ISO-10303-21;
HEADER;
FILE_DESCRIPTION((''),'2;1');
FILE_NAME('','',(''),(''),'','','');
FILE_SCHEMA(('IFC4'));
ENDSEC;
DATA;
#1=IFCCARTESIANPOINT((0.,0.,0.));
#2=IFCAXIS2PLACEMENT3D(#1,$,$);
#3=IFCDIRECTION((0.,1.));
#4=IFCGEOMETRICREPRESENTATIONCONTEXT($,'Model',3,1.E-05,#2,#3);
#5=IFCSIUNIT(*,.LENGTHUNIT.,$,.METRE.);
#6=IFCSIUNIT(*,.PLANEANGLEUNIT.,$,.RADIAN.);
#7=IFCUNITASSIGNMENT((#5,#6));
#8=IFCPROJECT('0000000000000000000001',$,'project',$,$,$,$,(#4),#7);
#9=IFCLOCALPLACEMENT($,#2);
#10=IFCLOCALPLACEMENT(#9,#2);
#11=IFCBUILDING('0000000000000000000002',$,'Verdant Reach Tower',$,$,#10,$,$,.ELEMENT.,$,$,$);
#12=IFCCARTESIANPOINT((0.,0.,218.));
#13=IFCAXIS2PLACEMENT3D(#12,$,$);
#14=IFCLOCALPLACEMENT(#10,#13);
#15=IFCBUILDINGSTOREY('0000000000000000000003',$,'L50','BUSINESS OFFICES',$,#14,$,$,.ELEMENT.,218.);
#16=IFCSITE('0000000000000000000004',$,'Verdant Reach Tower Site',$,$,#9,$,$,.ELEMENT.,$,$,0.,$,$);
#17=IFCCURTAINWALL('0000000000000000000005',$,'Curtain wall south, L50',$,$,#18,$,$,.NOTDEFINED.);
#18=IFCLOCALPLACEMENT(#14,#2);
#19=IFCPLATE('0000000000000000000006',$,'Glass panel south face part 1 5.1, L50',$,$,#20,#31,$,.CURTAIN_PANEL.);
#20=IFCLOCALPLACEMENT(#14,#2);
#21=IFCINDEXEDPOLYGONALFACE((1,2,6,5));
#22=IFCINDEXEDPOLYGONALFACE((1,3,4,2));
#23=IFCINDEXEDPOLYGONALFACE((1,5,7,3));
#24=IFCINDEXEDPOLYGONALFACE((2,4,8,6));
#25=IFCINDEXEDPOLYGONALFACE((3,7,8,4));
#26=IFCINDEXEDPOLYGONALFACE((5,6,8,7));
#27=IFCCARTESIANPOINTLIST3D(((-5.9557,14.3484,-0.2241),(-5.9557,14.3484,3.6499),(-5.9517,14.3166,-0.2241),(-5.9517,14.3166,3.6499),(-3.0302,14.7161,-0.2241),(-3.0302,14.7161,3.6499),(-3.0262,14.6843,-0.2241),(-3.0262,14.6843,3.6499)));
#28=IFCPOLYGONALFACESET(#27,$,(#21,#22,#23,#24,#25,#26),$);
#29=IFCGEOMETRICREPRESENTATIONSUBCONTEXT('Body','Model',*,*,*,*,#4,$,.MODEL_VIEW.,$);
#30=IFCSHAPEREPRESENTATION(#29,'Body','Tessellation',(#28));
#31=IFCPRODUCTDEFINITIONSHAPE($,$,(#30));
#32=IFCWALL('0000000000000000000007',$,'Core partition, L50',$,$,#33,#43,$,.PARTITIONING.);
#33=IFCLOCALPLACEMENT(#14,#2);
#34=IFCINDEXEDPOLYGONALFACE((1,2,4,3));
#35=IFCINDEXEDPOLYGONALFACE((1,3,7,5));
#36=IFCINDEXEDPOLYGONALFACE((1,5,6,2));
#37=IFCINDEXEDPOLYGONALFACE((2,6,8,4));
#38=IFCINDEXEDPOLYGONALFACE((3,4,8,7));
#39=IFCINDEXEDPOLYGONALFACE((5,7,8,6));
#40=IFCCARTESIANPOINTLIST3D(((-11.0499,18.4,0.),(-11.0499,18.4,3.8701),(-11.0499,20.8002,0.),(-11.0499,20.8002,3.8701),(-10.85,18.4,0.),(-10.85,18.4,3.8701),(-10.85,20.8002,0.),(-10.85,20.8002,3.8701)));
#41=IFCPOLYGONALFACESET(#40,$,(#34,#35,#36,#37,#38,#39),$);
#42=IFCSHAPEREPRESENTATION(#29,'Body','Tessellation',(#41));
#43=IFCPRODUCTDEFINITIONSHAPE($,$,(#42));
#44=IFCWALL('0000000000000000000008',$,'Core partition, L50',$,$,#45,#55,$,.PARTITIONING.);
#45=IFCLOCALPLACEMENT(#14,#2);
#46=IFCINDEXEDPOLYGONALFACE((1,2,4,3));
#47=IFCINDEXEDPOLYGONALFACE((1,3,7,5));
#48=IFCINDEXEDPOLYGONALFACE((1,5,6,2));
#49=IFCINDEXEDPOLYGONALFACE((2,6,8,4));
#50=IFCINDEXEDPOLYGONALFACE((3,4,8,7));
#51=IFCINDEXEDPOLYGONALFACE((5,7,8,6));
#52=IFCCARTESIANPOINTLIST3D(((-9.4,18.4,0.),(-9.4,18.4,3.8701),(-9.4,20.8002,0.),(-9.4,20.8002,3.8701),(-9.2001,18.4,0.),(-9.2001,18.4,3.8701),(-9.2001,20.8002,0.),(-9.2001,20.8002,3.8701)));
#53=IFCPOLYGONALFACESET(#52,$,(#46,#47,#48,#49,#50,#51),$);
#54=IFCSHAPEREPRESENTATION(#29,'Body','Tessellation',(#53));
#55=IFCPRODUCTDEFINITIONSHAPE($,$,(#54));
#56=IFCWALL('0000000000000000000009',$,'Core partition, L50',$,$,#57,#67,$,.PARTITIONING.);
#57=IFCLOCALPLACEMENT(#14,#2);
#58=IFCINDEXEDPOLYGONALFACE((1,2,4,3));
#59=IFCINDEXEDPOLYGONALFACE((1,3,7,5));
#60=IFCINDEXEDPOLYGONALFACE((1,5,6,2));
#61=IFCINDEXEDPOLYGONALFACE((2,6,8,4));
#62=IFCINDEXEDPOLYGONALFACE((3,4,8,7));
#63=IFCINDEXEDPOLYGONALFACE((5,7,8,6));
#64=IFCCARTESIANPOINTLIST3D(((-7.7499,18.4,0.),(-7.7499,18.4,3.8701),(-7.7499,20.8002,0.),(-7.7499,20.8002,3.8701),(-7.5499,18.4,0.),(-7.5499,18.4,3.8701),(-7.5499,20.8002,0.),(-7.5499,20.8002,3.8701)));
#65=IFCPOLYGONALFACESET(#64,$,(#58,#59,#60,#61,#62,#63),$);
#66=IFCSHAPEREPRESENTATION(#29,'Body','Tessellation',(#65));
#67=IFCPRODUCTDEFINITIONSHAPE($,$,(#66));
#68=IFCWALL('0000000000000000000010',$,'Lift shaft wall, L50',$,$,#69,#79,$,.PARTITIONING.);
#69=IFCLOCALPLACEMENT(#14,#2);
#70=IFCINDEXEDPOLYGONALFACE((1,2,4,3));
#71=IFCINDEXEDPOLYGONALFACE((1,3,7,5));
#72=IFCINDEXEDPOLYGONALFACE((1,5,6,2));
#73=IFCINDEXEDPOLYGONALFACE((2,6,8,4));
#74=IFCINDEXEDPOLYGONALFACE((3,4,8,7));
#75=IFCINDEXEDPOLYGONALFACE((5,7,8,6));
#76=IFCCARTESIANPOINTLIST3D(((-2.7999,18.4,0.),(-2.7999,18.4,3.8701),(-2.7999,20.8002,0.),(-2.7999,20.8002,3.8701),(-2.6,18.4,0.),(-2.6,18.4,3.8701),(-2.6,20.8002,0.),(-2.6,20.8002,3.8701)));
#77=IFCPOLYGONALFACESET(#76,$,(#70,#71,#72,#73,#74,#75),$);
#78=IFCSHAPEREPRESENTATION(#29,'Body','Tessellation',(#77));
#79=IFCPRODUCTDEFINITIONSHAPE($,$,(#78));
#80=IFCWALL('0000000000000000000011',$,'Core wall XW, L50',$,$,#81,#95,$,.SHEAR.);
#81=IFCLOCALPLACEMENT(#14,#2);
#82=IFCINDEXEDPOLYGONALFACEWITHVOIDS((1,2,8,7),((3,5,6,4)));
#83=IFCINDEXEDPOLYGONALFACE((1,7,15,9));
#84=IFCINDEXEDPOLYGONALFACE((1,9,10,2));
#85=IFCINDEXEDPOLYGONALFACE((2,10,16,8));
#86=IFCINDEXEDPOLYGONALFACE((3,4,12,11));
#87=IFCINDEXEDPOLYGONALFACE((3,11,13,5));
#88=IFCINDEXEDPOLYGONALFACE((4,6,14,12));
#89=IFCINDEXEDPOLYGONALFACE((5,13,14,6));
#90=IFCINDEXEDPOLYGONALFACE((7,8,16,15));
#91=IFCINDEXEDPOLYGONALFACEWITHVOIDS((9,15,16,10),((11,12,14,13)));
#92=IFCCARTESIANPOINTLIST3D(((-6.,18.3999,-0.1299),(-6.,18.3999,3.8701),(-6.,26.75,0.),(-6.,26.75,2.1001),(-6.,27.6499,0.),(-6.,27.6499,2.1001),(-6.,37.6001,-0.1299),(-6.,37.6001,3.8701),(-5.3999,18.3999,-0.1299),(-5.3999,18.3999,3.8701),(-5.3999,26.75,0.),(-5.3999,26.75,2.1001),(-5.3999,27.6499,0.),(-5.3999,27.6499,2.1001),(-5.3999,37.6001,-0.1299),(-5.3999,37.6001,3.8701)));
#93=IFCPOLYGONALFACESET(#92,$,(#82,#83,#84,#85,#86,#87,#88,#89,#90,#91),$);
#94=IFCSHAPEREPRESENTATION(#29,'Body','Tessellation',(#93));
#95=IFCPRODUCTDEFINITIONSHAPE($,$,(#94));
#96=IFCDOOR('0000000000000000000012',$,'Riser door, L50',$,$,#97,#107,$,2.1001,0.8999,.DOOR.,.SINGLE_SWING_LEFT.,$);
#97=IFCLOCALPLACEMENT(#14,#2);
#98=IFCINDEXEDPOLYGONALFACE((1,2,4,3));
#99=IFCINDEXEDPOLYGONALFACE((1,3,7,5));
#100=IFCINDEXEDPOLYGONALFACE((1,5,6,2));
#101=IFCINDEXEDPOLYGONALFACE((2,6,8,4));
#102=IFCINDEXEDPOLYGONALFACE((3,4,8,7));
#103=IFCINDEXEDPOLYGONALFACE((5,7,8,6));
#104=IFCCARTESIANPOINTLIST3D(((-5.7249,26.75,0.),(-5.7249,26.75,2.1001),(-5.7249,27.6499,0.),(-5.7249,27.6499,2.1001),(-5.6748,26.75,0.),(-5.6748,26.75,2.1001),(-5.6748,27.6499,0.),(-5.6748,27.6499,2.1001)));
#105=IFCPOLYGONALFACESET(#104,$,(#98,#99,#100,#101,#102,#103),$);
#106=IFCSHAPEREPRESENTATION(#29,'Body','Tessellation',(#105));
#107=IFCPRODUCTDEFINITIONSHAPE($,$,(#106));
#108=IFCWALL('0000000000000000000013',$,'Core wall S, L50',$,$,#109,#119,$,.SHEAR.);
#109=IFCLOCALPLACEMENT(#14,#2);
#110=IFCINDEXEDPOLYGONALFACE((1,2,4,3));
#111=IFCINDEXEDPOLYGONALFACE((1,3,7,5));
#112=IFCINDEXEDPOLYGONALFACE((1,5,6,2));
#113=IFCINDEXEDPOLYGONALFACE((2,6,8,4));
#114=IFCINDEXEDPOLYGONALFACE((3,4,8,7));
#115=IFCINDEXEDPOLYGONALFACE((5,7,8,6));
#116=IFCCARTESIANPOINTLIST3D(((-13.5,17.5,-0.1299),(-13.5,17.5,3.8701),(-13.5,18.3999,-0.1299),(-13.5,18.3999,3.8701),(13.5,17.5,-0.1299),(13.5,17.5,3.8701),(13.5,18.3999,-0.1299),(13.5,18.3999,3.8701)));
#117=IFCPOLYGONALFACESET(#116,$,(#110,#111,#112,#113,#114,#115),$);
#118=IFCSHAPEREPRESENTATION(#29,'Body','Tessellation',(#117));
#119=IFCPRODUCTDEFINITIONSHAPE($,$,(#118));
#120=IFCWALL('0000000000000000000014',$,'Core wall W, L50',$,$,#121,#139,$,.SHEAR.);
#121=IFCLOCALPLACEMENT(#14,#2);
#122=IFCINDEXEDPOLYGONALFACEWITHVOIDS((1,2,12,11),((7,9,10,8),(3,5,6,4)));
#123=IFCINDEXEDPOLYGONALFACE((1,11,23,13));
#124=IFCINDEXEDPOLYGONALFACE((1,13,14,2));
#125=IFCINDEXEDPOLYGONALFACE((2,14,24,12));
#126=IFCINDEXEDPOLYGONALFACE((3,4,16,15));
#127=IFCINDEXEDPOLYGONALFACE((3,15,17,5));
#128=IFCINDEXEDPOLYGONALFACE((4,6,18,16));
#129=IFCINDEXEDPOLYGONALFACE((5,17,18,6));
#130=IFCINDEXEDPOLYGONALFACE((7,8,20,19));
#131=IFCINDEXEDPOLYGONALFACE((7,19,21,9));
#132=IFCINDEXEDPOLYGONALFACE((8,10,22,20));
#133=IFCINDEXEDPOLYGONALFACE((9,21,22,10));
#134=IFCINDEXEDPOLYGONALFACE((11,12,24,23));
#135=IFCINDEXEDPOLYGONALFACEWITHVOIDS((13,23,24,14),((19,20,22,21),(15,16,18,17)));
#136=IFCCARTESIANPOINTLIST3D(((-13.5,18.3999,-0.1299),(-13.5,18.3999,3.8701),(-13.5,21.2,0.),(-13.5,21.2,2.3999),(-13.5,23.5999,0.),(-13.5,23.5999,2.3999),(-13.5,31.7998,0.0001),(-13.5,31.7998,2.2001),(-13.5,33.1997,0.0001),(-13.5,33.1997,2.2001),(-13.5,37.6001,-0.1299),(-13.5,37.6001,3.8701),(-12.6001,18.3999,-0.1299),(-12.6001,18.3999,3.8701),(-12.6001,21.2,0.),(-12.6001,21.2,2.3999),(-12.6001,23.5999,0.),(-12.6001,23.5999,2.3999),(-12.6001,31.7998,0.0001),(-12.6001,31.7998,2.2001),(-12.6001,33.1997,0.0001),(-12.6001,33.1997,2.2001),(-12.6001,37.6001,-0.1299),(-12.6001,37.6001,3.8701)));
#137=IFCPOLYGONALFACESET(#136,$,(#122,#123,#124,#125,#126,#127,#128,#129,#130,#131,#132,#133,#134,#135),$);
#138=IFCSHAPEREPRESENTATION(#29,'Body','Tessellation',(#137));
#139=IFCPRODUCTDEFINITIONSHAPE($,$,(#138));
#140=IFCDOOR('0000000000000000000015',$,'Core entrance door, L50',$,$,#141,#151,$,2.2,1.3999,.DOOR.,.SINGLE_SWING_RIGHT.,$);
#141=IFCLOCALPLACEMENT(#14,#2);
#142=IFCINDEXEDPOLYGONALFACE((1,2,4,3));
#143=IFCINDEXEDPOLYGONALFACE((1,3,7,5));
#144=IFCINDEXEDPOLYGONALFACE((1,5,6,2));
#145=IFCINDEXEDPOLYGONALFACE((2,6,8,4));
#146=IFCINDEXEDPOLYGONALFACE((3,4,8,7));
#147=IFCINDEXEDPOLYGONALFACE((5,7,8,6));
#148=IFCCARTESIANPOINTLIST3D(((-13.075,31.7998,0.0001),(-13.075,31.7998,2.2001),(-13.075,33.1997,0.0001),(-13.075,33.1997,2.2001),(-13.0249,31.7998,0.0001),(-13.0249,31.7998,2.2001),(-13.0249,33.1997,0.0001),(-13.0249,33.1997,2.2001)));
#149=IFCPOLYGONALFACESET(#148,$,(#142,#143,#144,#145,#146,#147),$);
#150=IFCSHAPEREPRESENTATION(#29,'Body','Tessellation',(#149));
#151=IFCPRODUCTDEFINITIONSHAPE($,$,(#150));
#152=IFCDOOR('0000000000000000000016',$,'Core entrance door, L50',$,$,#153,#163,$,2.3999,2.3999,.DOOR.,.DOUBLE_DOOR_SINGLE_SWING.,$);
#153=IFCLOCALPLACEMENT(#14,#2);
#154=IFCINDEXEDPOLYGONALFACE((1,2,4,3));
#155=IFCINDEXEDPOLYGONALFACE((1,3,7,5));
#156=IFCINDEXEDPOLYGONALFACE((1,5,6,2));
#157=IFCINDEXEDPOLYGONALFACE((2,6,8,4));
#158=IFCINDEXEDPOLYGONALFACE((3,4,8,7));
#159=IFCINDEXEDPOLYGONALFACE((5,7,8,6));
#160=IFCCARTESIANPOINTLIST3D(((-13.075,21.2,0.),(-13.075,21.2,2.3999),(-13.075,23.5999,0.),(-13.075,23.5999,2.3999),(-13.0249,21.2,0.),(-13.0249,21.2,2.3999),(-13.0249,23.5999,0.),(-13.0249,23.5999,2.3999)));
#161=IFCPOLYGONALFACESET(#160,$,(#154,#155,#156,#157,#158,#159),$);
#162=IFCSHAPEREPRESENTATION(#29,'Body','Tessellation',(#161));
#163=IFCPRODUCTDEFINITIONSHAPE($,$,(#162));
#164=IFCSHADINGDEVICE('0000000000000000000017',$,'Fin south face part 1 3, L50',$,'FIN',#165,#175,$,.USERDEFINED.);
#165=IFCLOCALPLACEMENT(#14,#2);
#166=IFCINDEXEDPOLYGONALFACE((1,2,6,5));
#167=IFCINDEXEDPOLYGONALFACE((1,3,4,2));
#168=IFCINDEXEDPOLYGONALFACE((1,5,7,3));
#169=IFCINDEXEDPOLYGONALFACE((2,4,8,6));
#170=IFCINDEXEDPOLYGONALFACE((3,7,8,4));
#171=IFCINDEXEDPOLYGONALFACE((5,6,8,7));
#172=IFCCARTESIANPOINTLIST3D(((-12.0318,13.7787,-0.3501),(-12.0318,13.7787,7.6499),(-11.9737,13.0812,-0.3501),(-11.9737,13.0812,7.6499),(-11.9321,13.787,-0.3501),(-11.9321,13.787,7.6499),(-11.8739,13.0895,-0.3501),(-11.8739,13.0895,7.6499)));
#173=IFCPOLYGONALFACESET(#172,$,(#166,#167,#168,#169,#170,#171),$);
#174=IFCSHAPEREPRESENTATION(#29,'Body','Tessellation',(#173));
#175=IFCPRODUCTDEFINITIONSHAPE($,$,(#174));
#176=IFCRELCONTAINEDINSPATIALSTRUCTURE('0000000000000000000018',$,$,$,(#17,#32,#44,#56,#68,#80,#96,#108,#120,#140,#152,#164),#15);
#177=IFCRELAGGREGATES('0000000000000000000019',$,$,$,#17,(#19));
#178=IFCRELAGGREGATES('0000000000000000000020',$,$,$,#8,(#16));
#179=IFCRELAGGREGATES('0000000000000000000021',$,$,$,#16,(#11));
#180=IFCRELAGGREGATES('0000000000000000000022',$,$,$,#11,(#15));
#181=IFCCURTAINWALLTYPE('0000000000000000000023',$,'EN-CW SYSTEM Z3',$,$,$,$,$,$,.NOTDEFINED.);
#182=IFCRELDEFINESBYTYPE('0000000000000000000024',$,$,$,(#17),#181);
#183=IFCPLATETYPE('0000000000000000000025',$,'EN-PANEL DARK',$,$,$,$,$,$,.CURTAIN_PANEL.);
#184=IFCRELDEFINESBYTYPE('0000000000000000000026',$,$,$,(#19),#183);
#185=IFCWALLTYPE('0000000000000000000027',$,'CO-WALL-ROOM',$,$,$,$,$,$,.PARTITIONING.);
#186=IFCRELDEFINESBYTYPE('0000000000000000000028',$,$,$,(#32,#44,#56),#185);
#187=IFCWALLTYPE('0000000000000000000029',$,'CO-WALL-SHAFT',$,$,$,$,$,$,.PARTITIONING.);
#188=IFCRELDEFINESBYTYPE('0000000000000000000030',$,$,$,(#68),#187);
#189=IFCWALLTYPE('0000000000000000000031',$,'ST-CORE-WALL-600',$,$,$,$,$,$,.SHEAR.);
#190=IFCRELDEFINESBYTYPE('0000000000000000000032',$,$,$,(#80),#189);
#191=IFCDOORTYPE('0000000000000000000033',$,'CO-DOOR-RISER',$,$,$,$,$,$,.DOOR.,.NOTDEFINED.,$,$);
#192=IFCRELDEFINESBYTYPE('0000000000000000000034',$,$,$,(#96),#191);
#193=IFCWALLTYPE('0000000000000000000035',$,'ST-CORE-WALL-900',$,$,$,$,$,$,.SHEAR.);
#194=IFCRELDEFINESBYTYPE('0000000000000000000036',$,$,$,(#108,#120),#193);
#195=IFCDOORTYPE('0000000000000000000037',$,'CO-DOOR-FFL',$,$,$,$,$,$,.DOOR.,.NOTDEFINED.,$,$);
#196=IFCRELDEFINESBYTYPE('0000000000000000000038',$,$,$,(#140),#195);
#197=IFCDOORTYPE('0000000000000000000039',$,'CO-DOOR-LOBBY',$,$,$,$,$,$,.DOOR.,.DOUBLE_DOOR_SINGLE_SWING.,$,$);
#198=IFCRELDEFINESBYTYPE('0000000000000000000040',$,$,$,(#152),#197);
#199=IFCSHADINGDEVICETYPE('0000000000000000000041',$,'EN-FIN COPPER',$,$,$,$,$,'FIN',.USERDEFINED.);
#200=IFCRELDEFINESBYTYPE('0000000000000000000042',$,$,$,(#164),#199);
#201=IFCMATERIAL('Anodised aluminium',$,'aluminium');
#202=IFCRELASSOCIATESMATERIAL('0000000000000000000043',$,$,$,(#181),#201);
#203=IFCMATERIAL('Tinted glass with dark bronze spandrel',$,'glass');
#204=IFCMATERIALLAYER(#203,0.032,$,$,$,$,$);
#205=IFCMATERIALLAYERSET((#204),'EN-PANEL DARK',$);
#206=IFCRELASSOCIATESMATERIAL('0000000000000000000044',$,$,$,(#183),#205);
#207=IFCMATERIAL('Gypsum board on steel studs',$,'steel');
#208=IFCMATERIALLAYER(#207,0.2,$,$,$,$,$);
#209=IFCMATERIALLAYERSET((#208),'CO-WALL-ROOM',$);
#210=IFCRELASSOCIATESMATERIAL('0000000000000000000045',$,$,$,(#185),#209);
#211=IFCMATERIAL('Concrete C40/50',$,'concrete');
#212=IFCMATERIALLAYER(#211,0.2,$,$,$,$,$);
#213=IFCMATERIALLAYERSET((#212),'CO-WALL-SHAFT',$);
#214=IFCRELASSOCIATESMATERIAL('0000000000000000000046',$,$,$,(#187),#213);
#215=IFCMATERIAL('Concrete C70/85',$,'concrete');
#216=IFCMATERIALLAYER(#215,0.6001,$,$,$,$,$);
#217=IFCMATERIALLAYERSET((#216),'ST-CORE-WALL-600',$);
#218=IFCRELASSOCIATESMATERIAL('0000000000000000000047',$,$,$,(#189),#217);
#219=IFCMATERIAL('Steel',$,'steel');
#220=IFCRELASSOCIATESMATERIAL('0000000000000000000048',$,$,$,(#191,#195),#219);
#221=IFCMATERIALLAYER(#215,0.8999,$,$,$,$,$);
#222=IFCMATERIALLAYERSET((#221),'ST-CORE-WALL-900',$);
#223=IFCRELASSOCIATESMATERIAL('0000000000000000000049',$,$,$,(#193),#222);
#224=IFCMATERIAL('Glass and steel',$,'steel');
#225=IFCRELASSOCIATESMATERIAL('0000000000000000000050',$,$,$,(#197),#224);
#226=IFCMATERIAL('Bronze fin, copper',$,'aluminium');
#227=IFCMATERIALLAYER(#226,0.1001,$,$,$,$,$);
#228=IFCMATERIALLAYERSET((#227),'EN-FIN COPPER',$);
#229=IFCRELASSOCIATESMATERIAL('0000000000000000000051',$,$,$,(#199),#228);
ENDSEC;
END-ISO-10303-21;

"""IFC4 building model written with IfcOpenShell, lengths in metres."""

from ifc_helpers import new_model, si_unit, direction, frame, frame_2d, origin, origin_2d, place, context, subcontext, project, spatial, rectangle, extrude, material, layer, layer_set, type_object, element, fill, aggregate, save


model = new_model("IFC4")

# Units and contexts
model_context = context("Model", 3, precision=1e-05, world=origin(), true_north=direction((0.0, 1.0)))
body_context = subcontext(model_context, "Body", "Model", "MODEL_VIEW")
ifc_project = project(units=[si_unit("LENGTHUNIT", "METRE"), si_unit("PLANEANGLEUNIT", "RADIAN")], contexts=[model_context])

# Site, building, storey
site_placement = place(None, origin())
site = spatial("IfcSite", under=ifc_project, at=site_placement, Name="Verdant Reach Tower Site", CompositionType="ELEMENT", RefElevation=0.0)
building_placement = place(site_placement, origin())
building = spatial("IfcBuilding", under=site, at=building_placement, Name="Verdant Reach Tower", CompositionType="ELEMENT")
storey_placement = place(building_placement, frame((0.0, 0.0, 218.0)))
storey = spatial("IfcBuildingStorey", under=building, at=storey_placement, Name="L50", Description="BUSINESS OFFICES", CompositionType="ELEMENT", Elevation=218.0)

# Curtain wall
ifc_material_1 = material(Name="Anodised aluminium", Category="aluminium")
curtain_wall_type = type_object("IfcCurtainWallType", Name="EN-CW SYSTEM Z3", PredefinedType="NOTDEFINED", material=ifc_material_1)
curtain_wall_placement = place(storey_placement, origin())
curtain_wall = element("IfcCurtainWall", 1, at=curtain_wall_placement, inside=storey, type_object=curtain_wall_type, Name="Curtain wall south, L50", PredefinedType="NOTDEFINED")

# Plate
ifc_material_2 = material(Name="Tinted glass with dark bronze spandrel", Category="glass")
ifc_layer_1 = layer(ifc_material_2, 0.032)
ifc_layer_set_1 = layer_set([ifc_layer_1], Name="EN-PANEL DARK")
plate_type_1 = type_object("IfcPlateType", Name="EN-PANEL DARK", PredefinedType="CURTAIN_PANEL", material=ifc_layer_set_1)
plate_1_placement = place(storey_placement, frame((-4.491, 14.5164, -0.2241), z_axis=(0.0, 0.0, 1.0), x_axis=(0.992194, 0.124704, 0.0)))
plate_1 = element("IfcPlate", 2, at=plate_1_placement, type_object=plate_type_1, Name="Glass panel south face part 1 5.1, L50", PredefinedType="CURTAIN_PANEL", context=body_context, shape_type="SweptSolid", body=[
    extrude(rectangle(XDim=2.9485, YDim=0.032, at=origin_2d()), origin(), (0.0, 0.0, 1.0), 3.874),
])
aggregate(curtain_wall, [plate_1])

# Walls
ifc_material_3 = material(Name="Gypsum board on steel studs", Category="steel")
ifc_layer_2 = layer(ifc_material_3, 0.2)
ifc_layer_set_2 = layer_set([ifc_layer_2], Name="CO-WALL-ROOM")
wall_type_1 = type_object("IfcWallType", Name="CO-WALL-ROOM", PredefinedType="PARTITIONING", material=ifc_layer_set_2)
for number, where, z_axis, x_axis, name in (
    (3, (-10.95, 18.3999, 0.0), (0.0, 0.0, 1.0), (0.0, 1.0, 0.0), "Core partition, L50"),
    (4, (-9.3, 18.3999, 0.0), (0.0, 0.0, 1.0), (0.0, 1.0, 0.0), "Core partition, L50"),
    (5, (-7.6499, 18.3999, 0.0), (0.0, 0.0, 1.0), (0.0, 1.0, 0.0), "Core partition, L50"),
):
    element("IfcWall", number, at=place(storey_placement, frame(where, z_axis=z_axis, x_axis=x_axis)), inside=storey, type_object=wall_type_1, Name=name, PredefinedType="PARTITIONING", context=body_context, shape_type="SweptSolid", body=[
        extrude(rectangle(XDim=2.4001, YDim=0.2, at=frame_2d((1.2002, 0.0))), origin(), (0.0, 0.0, 1.0), 3.8701),
    ])
ifc_material_4 = material(Name="Concrete C40/50", Category="concrete")
ifc_layer_3 = layer(ifc_material_4, 0.2)
ifc_layer_set_3 = layer_set([ifc_layer_3], Name="CO-WALL-SHAFT")
wall_type_2 = type_object("IfcWallType", Name="CO-WALL-SHAFT", PredefinedType="PARTITIONING", material=ifc_layer_set_3)
wall_1_placement = place(storey_placement, frame((-2.7, 18.3999, 0.0), z_axis=(0.0, 0.0, 1.0), x_axis=(0.0, 1.0, 0.0)))
element("IfcWall", 6, at=wall_1_placement, inside=storey, type_object=wall_type_2, Name="Lift shaft wall, L50", PredefinedType="PARTITIONING", context=body_context, shape_type="SweptSolid", body=[
    extrude(rectangle(XDim=2.4001, YDim=0.2, at=frame_2d((1.2002, 0.0))), origin(), (0.0, 0.0, 1.0), 3.8701),
])

# Wall, opening, door
ifc_material_5 = material(Name="Concrete C70/85", Category="concrete")
ifc_layer_4 = layer(ifc_material_5, 0.6001)
ifc_layer_set_4 = layer_set([ifc_layer_4], Name="ST-CORE-WALL-600")
wall_type_3 = type_object("IfcWallType", Name="ST-CORE-WALL-600", PredefinedType="SHEAR", material=ifc_layer_set_4)
wall_2_placement = place(storey_placement, frame((-5.7, 18.3999, -0.1299), z_axis=(0.0, 0.0, 1.0), x_axis=(0.0, 1.0, 0.0)))
wall_2 = element("IfcWall", 7, at=wall_2_placement, inside=storey, type_object=wall_type_3, Name="Core wall XW, L50", PredefinedType="SHEAR", context=body_context, shape_type="SweptSolid", body=[
    extrude(rectangle(XDim=19.2002, YDim=0.6001, at=frame_2d((9.6001, 0.0))), origin(), (0.0, 0.0, 1.0), 4.0),
])
opening_1_placement = place(wall_2_placement, frame((8.3501, 0.0, 0.1299)))
opening_1 = element("IfcOpeningElement", 8, at=opening_1_placement, cuts=wall_2, PredefinedType="OPENING", context=body_context, shape_type="SweptSolid", body=[
    extrude(rectangle(XDim=0.8999, YDim=2.1001, at=frame_2d((0.45, 1.05))), frame((0.0, 0.3101, 0.0), z_axis=(0.0, -1.0, 0.0), x_axis=(1.0, 0.0, 0.0)), (0.0, 0.0, 1.0), 0.6201),
])
ifc_material_6 = material(Name="Steel", Category="steel")
door_type_1 = type_object("IfcDoorType", Name="CO-DOOR-RISER", OperationType="NOTDEFINED", PredefinedType="DOOR", material=ifc_material_6)
door_1_placement = place(opening_1_placement, origin())
door_1 = element("IfcDoor", 9, at=door_1_placement, inside=storey, type_object=door_type_1, Name="Riser door, L50", OperationType="SINGLE_SWING_LEFT", OverallHeight=2.1001, OverallWidth=0.8999, PredefinedType="DOOR", context=body_context, shape_type="SweptSolid", body=[
    extrude(rectangle(XDim=0.8999, YDim=2.1001, at=frame_2d((0.45, 1.05))), frame((0.0, 0.0249, 0.0), z_axis=(0.0, -1.0, 0.0), x_axis=(1.0, 0.0, 0.0)), (0.0, 0.0, 1.0), 0.05),
])
fill(opening_1, door_1)

# Wall
ifc_layer_5 = layer(ifc_material_5, 0.8999)
ifc_layer_set_5 = layer_set([ifc_layer_5], Name="ST-CORE-WALL-900")
wall_type_4 = type_object("IfcWallType", Name="ST-CORE-WALL-900", PredefinedType="SHEAR", material=ifc_layer_set_5)
wall_3_placement = place(storey_placement, frame((-13.5, 17.95, -0.1299), z_axis=(0.0, 0.0, 1.0), x_axis=(1.0, 0.0, 0.0)))
element("IfcWall", 10, at=wall_3_placement, inside=storey, type_object=wall_type_4, Name="Core wall S, L50", PredefinedType="SHEAR", context=body_context, shape_type="SweptSolid", body=[
    extrude(rectangle(XDim=27.0, YDim=0.8999, at=frame_2d((13.5, 0.0))), origin(), (0.0, 0.0, 1.0), 4.0),
])

# Wall, openings, doors
wall_4_placement = place(storey_placement, frame((-13.05, 18.3999, -0.1299), z_axis=(0.0, 0.0, 1.0), x_axis=(0.0, 1.0, 0.0)))
wall_4 = element("IfcWall", 11, at=wall_4_placement, inside=storey, type_object=wall_type_4, Name="Core wall W, L50", PredefinedType="SHEAR", context=body_context, shape_type="SweptSolid", body=[
    extrude(rectangle(XDim=19.2002, YDim=0.8999, at=frame_2d((9.6001, 0.0))), origin(), (0.0, 0.0, 1.0), 4.0),
])
opening_2_placement = place(wall_4_placement, frame((2.8, 0.0, 0.1299)))
opening_2 = element("IfcOpeningElement", 12, at=opening_2_placement, cuts=wall_4, PredefinedType="OPENING", context=body_context, shape_type="SweptSolid", body=[
    extrude(rectangle(XDim=2.3999, YDim=2.3999, at=frame_2d((1.2, 1.2))), frame((0.0, 0.46, 0.0), z_axis=(0.0, -1.0, 0.0), x_axis=(1.0, 0.0, 0.0)), (0.0, 0.0, 1.0), 0.9199),
])
opening_3_placement = place(wall_4_placement, frame((13.3999, 0.0, 0.1299)))
opening_3 = element("IfcOpeningElement", 13, at=opening_3_placement, cuts=wall_4, PredefinedType="OPENING", context=body_context, shape_type="SweptSolid", body=[
    extrude(rectangle(XDim=1.3999, YDim=2.2, at=frame_2d((0.7, 1.1001))), frame((0.0, 0.46, 0.0), z_axis=(0.0, -1.0, 0.0), x_axis=(1.0, 0.0, 0.0)), (0.0, 0.0, 1.0), 0.9199),
])
door_type_2 = type_object("IfcDoorType", Name="CO-DOOR-FFL", OperationType="NOTDEFINED", PredefinedType="DOOR", material=ifc_material_6)
door_2_placement = place(opening_3_placement, origin())
door_2 = element("IfcDoor", 14, at=door_2_placement, inside=storey, type_object=door_type_2, Name="Core entrance door, L50", OperationType="SINGLE_SWING_RIGHT", OverallHeight=2.2, OverallWidth=1.3999, PredefinedType="DOOR", context=body_context, shape_type="SweptSolid", body=[
    extrude(rectangle(XDim=1.3999, YDim=2.2, at=frame_2d((0.7, 1.1001))), frame((0.0, 0.0249, 0.0), z_axis=(0.0, -1.0, 0.0), x_axis=(1.0, 0.0, 0.0)), (0.0, 0.0, 1.0), 0.05),
])
fill(opening_3, door_2)
ifc_material_7 = material(Name="Glass and steel", Category="steel")
door_type_3 = type_object("IfcDoorType", Name="CO-DOOR-LOBBY", OperationType="DOUBLE_DOOR_SINGLE_SWING", PredefinedType="DOOR", material=ifc_material_7)
door_3_placement = place(opening_2_placement, origin())
door_3 = element("IfcDoor", 15, at=door_3_placement, inside=storey, type_object=door_type_3, Name="Core entrance door, L50", OperationType="DOUBLE_DOOR_SINGLE_SWING", OverallHeight=2.3999, OverallWidth=2.3999, PredefinedType="DOOR", context=body_context, shape_type="SweptSolid", body=[
    extrude(rectangle(XDim=2.3999, YDim=2.3999, at=frame_2d((1.2, 1.2))), frame((0.0, 0.0249, 0.0), z_axis=(0.0, -1.0, 0.0), x_axis=(1.0, 0.0, 0.0)), (0.0, 0.0, 1.0), 0.05),
])
fill(opening_2, door_3)

# Shading device
ifc_material_8 = material(Name="Bronze fin, copper", Category="aluminium")
ifc_layer_6 = layer(ifc_material_8, 0.1001)
ifc_layer_set_6 = layer_set([ifc_layer_6], Name="EN-FIN COPPER")
shading_device_type_1 = type_object("IfcShadingDeviceType", Name="EN-FIN COPPER", ElementType="FIN", PredefinedType="USERDEFINED", material=ifc_layer_set_6)
shading_device_1_placement = place(storey_placement, frame((-11.9529, 13.4341, -0.3501), z_axis=(0.0, 0.0, 1.0), x_axis=(0.996546, 0.083045, 0.0)))
element("IfcShadingDevice", 16, at=shading_device_1_placement, inside=storey, type_object=shading_device_type_1, Name="Fin south face part 1 3, L50", ObjectType="FIN", PredefinedType="USERDEFINED", context=body_context, shape_type="SweptSolid", body=[
    extrude(rectangle(XDim=0.1001, YDim=0.7, at=origin_2d()), origin(), (0.0, 0.0, 1.0), 8.0),
])

save(model, "model.ifc")
